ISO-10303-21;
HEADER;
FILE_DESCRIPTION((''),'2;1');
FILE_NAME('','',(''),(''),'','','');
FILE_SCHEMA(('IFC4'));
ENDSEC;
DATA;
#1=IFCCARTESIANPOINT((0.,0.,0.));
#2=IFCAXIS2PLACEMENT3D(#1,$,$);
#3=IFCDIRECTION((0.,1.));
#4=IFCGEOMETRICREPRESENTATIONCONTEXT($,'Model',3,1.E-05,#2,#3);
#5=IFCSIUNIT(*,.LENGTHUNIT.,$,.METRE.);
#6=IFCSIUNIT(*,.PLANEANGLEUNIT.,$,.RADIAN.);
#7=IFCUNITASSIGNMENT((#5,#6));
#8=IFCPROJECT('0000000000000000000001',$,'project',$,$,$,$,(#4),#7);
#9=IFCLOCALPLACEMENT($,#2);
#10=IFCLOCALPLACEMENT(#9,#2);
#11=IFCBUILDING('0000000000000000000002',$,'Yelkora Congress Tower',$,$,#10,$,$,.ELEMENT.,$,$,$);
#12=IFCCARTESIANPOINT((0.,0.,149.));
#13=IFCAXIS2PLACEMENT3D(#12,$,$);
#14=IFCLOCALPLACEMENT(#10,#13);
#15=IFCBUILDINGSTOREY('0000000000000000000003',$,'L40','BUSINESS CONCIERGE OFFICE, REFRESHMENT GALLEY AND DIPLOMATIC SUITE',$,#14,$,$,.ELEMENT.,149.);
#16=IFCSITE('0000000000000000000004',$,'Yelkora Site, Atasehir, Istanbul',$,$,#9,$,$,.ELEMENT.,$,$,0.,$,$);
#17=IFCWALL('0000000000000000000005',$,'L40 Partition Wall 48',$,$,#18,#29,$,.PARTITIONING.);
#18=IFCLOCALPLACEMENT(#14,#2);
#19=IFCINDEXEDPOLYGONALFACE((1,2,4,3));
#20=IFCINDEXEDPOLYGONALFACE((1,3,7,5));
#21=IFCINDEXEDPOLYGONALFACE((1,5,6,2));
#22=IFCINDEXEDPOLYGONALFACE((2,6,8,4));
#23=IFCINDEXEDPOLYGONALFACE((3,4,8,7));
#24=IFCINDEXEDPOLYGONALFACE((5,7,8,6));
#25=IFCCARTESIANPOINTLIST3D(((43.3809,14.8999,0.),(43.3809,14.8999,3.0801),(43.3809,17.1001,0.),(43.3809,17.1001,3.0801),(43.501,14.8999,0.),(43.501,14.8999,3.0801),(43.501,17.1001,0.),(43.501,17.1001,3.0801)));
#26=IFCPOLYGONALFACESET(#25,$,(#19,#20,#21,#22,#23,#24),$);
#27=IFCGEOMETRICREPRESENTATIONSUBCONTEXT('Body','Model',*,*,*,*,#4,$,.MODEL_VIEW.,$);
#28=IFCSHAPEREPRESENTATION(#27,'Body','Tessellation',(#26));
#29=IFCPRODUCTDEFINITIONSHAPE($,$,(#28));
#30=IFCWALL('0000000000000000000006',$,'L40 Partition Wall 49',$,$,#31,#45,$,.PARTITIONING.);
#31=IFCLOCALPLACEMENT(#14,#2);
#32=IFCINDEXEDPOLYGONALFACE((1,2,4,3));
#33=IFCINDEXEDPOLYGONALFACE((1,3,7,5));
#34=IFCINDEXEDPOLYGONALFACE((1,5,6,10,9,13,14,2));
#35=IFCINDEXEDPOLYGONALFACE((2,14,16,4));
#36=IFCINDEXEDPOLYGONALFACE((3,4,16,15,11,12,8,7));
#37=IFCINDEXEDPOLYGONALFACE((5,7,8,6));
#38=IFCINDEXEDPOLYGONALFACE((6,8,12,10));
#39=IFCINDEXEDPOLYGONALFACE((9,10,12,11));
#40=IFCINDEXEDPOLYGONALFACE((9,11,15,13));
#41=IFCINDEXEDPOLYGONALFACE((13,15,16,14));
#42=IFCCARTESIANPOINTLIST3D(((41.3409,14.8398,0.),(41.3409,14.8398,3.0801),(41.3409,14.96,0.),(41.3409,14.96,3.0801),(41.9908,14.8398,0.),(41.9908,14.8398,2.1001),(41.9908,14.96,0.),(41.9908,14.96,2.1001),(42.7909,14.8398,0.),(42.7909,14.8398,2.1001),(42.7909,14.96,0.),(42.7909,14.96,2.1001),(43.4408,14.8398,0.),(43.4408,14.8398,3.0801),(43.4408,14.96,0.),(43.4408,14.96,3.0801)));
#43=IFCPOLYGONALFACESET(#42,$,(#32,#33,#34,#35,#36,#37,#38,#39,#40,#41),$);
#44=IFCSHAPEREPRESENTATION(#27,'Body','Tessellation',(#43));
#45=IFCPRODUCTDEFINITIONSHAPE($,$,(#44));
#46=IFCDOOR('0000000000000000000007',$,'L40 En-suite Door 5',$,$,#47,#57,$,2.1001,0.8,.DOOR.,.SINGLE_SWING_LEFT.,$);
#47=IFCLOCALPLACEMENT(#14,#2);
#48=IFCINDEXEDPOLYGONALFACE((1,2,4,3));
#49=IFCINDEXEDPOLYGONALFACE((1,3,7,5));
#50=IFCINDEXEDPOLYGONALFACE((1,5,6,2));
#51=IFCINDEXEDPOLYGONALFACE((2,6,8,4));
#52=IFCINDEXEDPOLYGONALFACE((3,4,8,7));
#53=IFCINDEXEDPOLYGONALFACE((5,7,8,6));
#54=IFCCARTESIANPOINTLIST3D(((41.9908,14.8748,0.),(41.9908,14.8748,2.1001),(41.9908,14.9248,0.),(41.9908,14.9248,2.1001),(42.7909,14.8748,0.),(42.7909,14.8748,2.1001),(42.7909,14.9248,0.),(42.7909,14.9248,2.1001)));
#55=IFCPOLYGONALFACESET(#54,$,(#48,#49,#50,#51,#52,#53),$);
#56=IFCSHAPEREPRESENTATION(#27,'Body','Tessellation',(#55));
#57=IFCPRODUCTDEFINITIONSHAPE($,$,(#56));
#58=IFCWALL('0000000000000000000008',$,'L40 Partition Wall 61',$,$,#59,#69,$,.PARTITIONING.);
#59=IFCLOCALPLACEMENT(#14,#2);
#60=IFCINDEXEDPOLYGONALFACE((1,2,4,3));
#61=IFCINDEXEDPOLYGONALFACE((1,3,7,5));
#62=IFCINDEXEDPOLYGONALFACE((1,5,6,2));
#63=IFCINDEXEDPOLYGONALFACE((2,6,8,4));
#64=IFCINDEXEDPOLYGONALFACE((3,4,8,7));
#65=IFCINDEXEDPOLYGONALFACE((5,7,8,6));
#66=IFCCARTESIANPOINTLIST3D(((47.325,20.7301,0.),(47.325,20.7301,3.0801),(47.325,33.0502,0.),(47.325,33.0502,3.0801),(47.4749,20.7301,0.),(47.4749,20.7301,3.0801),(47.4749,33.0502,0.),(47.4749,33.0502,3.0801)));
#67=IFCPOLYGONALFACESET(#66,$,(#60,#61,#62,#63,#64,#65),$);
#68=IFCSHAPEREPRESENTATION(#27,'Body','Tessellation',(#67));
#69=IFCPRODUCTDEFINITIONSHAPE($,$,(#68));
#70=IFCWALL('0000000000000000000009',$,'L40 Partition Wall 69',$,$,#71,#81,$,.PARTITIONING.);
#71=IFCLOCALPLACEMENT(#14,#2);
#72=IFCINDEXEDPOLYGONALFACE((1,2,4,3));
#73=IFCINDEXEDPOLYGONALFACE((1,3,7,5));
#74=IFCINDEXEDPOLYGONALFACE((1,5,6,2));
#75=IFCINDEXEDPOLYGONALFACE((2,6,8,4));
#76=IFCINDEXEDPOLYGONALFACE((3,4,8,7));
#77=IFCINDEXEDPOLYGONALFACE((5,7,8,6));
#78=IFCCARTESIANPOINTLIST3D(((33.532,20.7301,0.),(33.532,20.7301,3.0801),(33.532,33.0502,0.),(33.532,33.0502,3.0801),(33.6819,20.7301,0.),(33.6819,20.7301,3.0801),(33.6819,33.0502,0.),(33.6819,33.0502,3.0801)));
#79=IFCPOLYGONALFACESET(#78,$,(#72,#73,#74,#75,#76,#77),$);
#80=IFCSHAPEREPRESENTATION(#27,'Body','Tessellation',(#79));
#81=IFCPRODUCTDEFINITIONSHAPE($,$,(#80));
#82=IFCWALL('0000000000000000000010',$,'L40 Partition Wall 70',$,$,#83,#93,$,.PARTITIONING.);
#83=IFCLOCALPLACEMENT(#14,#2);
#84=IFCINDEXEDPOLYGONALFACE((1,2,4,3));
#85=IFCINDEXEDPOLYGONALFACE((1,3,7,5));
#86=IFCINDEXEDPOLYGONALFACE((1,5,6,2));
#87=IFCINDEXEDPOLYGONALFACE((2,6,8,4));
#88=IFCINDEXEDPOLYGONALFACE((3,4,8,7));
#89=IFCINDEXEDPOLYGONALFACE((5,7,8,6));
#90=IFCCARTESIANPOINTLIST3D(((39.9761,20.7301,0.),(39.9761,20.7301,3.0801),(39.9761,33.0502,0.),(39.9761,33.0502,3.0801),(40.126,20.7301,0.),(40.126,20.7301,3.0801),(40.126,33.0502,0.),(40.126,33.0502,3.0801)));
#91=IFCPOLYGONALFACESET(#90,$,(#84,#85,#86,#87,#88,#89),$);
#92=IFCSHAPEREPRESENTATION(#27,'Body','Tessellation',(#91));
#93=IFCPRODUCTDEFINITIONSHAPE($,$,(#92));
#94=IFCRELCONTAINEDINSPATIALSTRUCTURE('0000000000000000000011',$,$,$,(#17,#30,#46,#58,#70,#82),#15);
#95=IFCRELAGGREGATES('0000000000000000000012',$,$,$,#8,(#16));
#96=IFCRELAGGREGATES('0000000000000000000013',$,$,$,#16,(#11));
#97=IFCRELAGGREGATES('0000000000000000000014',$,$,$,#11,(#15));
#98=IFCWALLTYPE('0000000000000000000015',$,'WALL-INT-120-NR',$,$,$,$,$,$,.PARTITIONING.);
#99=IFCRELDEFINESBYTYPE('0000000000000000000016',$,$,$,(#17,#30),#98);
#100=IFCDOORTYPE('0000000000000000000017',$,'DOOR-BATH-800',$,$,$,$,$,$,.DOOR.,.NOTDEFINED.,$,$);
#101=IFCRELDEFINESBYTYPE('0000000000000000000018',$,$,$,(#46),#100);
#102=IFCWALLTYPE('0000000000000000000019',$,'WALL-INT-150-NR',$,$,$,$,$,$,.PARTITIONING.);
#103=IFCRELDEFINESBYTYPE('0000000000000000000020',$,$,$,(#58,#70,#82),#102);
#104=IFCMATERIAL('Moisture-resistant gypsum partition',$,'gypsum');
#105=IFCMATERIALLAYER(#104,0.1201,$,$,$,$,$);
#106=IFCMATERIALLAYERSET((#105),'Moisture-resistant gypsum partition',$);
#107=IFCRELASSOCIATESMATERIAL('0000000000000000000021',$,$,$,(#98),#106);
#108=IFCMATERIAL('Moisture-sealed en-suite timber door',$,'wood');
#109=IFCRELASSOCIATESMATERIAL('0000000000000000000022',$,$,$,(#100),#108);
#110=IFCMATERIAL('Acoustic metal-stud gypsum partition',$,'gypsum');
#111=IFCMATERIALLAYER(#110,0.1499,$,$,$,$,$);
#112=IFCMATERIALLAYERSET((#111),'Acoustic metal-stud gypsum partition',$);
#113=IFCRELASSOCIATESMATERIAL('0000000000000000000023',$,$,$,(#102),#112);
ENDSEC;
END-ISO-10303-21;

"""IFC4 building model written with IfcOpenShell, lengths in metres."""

from ifc_helpers import new_model, si_unit, direction, frame, frame_2d, origin, place, context, subcontext, project, spatial, rectangle, extrude, material, layer, layer_set, type_object, element, fill, save


model = new_model("IFC4")

# Units and contexts
model_context = context("Model", 3, precision=1e-05, world=origin(), true_north=direction((0.0, 1.0)))
body_context = subcontext(model_context, "Body", "Model", "MODEL_VIEW")
ifc_project = project(units=[si_unit("LENGTHUNIT", "METRE"), si_unit("PLANEANGLEUNIT", "RADIAN")], contexts=[model_context])

# Site, building, storey
site_placement = place(None, origin())
site = spatial("IfcSite", under=ifc_project, at=site_placement, Name="Yelkora Site, Atasehir, Istanbul", CompositionType="ELEMENT", RefElevation=0.0)
building_placement = place(site_placement, origin())
building = spatial("IfcBuilding", under=site, at=building_placement, Name="Yelkora Congress Tower", CompositionType="ELEMENT")
storey_placement = place(building_placement, frame((0.0, 0.0, 149.0)))
storey = spatial("IfcBuildingStorey", under=building, at=storey_placement, Name="L40", Description="BUSINESS CONCIERGE OFFICE, REFRESHMENT GALLEY AND DIPLOMATIC SUITE", CompositionType="ELEMENT", Elevation=149.0)

# Shared definitions
ifc_material_1 = material(Name="Moisture-resistant gypsum partition", Category="gypsum")
ifc_layer_1 = layer(ifc_material_1, 0.1201)
ifc_layer_set_1 = layer_set([ifc_layer_1], Name="Moisture-resistant gypsum partition")
wall_type_1 = type_object("IfcWallType", Name="WALL-INT-120-NR", PredefinedType="PARTITIONING", material=ifc_layer_set_1)

# Shared definitions
ifc_material_2 = material(Name="Moisture-sealed en-suite timber door", Category="wood")
door_type = type_object("IfcDoorType", Name="DOOR-BATH-800", OperationType="NOTDEFINED", PredefinedType="DOOR", material=ifc_material_2)

# Wall
for number, where, z_axis, x_axis, name in (
    (1, (43.4409, 14.8999, 0.0), (0.0, 0.0, 1.0), (0.0, 1.0, 0.0), "L40 Partition Wall 48"),
):
    element("IfcWall", number, at=place(storey_placement, frame(where, z_axis=z_axis, x_axis=x_axis)), inside=storey, type_object=wall_type_1, Name=name, PredefinedType="PARTITIONING", context=body_context, shape_type="SweptSolid", body=[
        extrude(rectangle(XDim=2.2002, YDim=0.1201, at=frame_2d((1.1001, 0.0))), origin(), (0.0, 0.0, 1.0), 3.0801),
    ])

# Wall, opening, door
wall_1_placement = place(storey_placement, frame((41.3411, 14.8999, 0.0), z_axis=(0.0, 0.0, 1.0), x_axis=(1.0, 0.0, 0.0)))
wall_1 = element("IfcWall", 2, at=wall_1_placement, inside=storey, type_object=wall_type_1, Name="L40 Partition Wall 49", PredefinedType="PARTITIONING", context=body_context, shape_type="SweptSolid", body=[
    extrude(rectangle(XDim=2.0999, YDim=0.1201, at=frame_2d((1.0498, 0.0))), origin(), (0.0, 0.0, 1.0), 3.0801),
])
opening_1_placement = place(wall_1_placement, frame((0.6499, 0.0, 0.0)))
opening_1 = element("IfcOpeningElement", 3, at=opening_1_placement, cuts=wall_1, PredefinedType="OPENING", context=body_context, shape_type="SweptSolid", body=[
    extrude(rectangle(XDim=0.8, YDim=2.1001, at=frame_2d((0.3999, 1.05))), frame((0.0, 0.0701, 0.0), z_axis=(0.0, -1.0, 0.0), x_axis=(1.0, 0.0, 0.0)), (0.0, 0.0, 1.0), 0.1401),
])
door_1_placement = place(opening_1_placement, origin())
door_1 = element("IfcDoor", 4, at=door_1_placement, inside=storey, type_object=door_type, Name="L40 En-suite Door 5", OperationType="SINGLE_SWING_LEFT", OverallHeight=2.1001, OverallWidth=0.8, PredefinedType="DOOR", context=body_context, shape_type="SweptSolid", body=[
    extrude(rectangle(XDim=0.8, YDim=2.1001, at=frame_2d((0.3999, 1.05))), frame((0.0, 0.0249, 0.0), z_axis=(0.0, -1.0, 0.0), x_axis=(1.0, 0.0, 0.0)), (0.0, 0.0, 1.0), 0.05),
])
fill(opening_1, door_1)

# Walls
ifc_material_3 = material(Name="Acoustic metal-stud gypsum partition", Category="gypsum")
ifc_layer_2 = layer(ifc_material_3, 0.1499)
ifc_layer_set_2 = layer_set([ifc_layer_2], Name="Acoustic metal-stud gypsum partition")
wall_type_2 = type_object("IfcWallType", Name="WALL-INT-150-NR", PredefinedType="PARTITIONING", material=ifc_layer_set_2)
for number, where, z_axis, x_axis, name in (
    (5, (47.3999, 20.73, 0.0), (0.0, 0.0, 1.0), (0.0, 1.0, 0.0), "L40 Partition Wall 61"),
    (6, (33.6069, 20.73, 0.0), (0.0, 0.0, 1.0), (0.0, 1.0, 0.0), "L40 Partition Wall 69"),
    (7, (40.051, 20.73, 0.0), (0.0, 0.0, 1.0), (0.0, 1.0, 0.0), "L40 Partition Wall 70"),
):
    element("IfcWall", number, at=place(storey_placement, frame(where, z_axis=z_axis, x_axis=x_axis)), inside=storey, type_object=wall_type_2, Name=name, PredefinedType="PARTITIONING", context=body_context, shape_type="SweptSolid", body=[
        extrude(rectangle(XDim=12.3201, YDim=0.1499, at=frame_2d((6.1602, 0.0))), origin(), (0.0, 0.0, 1.0), 3.0801),
    ])

save(model, "model.ifc")
